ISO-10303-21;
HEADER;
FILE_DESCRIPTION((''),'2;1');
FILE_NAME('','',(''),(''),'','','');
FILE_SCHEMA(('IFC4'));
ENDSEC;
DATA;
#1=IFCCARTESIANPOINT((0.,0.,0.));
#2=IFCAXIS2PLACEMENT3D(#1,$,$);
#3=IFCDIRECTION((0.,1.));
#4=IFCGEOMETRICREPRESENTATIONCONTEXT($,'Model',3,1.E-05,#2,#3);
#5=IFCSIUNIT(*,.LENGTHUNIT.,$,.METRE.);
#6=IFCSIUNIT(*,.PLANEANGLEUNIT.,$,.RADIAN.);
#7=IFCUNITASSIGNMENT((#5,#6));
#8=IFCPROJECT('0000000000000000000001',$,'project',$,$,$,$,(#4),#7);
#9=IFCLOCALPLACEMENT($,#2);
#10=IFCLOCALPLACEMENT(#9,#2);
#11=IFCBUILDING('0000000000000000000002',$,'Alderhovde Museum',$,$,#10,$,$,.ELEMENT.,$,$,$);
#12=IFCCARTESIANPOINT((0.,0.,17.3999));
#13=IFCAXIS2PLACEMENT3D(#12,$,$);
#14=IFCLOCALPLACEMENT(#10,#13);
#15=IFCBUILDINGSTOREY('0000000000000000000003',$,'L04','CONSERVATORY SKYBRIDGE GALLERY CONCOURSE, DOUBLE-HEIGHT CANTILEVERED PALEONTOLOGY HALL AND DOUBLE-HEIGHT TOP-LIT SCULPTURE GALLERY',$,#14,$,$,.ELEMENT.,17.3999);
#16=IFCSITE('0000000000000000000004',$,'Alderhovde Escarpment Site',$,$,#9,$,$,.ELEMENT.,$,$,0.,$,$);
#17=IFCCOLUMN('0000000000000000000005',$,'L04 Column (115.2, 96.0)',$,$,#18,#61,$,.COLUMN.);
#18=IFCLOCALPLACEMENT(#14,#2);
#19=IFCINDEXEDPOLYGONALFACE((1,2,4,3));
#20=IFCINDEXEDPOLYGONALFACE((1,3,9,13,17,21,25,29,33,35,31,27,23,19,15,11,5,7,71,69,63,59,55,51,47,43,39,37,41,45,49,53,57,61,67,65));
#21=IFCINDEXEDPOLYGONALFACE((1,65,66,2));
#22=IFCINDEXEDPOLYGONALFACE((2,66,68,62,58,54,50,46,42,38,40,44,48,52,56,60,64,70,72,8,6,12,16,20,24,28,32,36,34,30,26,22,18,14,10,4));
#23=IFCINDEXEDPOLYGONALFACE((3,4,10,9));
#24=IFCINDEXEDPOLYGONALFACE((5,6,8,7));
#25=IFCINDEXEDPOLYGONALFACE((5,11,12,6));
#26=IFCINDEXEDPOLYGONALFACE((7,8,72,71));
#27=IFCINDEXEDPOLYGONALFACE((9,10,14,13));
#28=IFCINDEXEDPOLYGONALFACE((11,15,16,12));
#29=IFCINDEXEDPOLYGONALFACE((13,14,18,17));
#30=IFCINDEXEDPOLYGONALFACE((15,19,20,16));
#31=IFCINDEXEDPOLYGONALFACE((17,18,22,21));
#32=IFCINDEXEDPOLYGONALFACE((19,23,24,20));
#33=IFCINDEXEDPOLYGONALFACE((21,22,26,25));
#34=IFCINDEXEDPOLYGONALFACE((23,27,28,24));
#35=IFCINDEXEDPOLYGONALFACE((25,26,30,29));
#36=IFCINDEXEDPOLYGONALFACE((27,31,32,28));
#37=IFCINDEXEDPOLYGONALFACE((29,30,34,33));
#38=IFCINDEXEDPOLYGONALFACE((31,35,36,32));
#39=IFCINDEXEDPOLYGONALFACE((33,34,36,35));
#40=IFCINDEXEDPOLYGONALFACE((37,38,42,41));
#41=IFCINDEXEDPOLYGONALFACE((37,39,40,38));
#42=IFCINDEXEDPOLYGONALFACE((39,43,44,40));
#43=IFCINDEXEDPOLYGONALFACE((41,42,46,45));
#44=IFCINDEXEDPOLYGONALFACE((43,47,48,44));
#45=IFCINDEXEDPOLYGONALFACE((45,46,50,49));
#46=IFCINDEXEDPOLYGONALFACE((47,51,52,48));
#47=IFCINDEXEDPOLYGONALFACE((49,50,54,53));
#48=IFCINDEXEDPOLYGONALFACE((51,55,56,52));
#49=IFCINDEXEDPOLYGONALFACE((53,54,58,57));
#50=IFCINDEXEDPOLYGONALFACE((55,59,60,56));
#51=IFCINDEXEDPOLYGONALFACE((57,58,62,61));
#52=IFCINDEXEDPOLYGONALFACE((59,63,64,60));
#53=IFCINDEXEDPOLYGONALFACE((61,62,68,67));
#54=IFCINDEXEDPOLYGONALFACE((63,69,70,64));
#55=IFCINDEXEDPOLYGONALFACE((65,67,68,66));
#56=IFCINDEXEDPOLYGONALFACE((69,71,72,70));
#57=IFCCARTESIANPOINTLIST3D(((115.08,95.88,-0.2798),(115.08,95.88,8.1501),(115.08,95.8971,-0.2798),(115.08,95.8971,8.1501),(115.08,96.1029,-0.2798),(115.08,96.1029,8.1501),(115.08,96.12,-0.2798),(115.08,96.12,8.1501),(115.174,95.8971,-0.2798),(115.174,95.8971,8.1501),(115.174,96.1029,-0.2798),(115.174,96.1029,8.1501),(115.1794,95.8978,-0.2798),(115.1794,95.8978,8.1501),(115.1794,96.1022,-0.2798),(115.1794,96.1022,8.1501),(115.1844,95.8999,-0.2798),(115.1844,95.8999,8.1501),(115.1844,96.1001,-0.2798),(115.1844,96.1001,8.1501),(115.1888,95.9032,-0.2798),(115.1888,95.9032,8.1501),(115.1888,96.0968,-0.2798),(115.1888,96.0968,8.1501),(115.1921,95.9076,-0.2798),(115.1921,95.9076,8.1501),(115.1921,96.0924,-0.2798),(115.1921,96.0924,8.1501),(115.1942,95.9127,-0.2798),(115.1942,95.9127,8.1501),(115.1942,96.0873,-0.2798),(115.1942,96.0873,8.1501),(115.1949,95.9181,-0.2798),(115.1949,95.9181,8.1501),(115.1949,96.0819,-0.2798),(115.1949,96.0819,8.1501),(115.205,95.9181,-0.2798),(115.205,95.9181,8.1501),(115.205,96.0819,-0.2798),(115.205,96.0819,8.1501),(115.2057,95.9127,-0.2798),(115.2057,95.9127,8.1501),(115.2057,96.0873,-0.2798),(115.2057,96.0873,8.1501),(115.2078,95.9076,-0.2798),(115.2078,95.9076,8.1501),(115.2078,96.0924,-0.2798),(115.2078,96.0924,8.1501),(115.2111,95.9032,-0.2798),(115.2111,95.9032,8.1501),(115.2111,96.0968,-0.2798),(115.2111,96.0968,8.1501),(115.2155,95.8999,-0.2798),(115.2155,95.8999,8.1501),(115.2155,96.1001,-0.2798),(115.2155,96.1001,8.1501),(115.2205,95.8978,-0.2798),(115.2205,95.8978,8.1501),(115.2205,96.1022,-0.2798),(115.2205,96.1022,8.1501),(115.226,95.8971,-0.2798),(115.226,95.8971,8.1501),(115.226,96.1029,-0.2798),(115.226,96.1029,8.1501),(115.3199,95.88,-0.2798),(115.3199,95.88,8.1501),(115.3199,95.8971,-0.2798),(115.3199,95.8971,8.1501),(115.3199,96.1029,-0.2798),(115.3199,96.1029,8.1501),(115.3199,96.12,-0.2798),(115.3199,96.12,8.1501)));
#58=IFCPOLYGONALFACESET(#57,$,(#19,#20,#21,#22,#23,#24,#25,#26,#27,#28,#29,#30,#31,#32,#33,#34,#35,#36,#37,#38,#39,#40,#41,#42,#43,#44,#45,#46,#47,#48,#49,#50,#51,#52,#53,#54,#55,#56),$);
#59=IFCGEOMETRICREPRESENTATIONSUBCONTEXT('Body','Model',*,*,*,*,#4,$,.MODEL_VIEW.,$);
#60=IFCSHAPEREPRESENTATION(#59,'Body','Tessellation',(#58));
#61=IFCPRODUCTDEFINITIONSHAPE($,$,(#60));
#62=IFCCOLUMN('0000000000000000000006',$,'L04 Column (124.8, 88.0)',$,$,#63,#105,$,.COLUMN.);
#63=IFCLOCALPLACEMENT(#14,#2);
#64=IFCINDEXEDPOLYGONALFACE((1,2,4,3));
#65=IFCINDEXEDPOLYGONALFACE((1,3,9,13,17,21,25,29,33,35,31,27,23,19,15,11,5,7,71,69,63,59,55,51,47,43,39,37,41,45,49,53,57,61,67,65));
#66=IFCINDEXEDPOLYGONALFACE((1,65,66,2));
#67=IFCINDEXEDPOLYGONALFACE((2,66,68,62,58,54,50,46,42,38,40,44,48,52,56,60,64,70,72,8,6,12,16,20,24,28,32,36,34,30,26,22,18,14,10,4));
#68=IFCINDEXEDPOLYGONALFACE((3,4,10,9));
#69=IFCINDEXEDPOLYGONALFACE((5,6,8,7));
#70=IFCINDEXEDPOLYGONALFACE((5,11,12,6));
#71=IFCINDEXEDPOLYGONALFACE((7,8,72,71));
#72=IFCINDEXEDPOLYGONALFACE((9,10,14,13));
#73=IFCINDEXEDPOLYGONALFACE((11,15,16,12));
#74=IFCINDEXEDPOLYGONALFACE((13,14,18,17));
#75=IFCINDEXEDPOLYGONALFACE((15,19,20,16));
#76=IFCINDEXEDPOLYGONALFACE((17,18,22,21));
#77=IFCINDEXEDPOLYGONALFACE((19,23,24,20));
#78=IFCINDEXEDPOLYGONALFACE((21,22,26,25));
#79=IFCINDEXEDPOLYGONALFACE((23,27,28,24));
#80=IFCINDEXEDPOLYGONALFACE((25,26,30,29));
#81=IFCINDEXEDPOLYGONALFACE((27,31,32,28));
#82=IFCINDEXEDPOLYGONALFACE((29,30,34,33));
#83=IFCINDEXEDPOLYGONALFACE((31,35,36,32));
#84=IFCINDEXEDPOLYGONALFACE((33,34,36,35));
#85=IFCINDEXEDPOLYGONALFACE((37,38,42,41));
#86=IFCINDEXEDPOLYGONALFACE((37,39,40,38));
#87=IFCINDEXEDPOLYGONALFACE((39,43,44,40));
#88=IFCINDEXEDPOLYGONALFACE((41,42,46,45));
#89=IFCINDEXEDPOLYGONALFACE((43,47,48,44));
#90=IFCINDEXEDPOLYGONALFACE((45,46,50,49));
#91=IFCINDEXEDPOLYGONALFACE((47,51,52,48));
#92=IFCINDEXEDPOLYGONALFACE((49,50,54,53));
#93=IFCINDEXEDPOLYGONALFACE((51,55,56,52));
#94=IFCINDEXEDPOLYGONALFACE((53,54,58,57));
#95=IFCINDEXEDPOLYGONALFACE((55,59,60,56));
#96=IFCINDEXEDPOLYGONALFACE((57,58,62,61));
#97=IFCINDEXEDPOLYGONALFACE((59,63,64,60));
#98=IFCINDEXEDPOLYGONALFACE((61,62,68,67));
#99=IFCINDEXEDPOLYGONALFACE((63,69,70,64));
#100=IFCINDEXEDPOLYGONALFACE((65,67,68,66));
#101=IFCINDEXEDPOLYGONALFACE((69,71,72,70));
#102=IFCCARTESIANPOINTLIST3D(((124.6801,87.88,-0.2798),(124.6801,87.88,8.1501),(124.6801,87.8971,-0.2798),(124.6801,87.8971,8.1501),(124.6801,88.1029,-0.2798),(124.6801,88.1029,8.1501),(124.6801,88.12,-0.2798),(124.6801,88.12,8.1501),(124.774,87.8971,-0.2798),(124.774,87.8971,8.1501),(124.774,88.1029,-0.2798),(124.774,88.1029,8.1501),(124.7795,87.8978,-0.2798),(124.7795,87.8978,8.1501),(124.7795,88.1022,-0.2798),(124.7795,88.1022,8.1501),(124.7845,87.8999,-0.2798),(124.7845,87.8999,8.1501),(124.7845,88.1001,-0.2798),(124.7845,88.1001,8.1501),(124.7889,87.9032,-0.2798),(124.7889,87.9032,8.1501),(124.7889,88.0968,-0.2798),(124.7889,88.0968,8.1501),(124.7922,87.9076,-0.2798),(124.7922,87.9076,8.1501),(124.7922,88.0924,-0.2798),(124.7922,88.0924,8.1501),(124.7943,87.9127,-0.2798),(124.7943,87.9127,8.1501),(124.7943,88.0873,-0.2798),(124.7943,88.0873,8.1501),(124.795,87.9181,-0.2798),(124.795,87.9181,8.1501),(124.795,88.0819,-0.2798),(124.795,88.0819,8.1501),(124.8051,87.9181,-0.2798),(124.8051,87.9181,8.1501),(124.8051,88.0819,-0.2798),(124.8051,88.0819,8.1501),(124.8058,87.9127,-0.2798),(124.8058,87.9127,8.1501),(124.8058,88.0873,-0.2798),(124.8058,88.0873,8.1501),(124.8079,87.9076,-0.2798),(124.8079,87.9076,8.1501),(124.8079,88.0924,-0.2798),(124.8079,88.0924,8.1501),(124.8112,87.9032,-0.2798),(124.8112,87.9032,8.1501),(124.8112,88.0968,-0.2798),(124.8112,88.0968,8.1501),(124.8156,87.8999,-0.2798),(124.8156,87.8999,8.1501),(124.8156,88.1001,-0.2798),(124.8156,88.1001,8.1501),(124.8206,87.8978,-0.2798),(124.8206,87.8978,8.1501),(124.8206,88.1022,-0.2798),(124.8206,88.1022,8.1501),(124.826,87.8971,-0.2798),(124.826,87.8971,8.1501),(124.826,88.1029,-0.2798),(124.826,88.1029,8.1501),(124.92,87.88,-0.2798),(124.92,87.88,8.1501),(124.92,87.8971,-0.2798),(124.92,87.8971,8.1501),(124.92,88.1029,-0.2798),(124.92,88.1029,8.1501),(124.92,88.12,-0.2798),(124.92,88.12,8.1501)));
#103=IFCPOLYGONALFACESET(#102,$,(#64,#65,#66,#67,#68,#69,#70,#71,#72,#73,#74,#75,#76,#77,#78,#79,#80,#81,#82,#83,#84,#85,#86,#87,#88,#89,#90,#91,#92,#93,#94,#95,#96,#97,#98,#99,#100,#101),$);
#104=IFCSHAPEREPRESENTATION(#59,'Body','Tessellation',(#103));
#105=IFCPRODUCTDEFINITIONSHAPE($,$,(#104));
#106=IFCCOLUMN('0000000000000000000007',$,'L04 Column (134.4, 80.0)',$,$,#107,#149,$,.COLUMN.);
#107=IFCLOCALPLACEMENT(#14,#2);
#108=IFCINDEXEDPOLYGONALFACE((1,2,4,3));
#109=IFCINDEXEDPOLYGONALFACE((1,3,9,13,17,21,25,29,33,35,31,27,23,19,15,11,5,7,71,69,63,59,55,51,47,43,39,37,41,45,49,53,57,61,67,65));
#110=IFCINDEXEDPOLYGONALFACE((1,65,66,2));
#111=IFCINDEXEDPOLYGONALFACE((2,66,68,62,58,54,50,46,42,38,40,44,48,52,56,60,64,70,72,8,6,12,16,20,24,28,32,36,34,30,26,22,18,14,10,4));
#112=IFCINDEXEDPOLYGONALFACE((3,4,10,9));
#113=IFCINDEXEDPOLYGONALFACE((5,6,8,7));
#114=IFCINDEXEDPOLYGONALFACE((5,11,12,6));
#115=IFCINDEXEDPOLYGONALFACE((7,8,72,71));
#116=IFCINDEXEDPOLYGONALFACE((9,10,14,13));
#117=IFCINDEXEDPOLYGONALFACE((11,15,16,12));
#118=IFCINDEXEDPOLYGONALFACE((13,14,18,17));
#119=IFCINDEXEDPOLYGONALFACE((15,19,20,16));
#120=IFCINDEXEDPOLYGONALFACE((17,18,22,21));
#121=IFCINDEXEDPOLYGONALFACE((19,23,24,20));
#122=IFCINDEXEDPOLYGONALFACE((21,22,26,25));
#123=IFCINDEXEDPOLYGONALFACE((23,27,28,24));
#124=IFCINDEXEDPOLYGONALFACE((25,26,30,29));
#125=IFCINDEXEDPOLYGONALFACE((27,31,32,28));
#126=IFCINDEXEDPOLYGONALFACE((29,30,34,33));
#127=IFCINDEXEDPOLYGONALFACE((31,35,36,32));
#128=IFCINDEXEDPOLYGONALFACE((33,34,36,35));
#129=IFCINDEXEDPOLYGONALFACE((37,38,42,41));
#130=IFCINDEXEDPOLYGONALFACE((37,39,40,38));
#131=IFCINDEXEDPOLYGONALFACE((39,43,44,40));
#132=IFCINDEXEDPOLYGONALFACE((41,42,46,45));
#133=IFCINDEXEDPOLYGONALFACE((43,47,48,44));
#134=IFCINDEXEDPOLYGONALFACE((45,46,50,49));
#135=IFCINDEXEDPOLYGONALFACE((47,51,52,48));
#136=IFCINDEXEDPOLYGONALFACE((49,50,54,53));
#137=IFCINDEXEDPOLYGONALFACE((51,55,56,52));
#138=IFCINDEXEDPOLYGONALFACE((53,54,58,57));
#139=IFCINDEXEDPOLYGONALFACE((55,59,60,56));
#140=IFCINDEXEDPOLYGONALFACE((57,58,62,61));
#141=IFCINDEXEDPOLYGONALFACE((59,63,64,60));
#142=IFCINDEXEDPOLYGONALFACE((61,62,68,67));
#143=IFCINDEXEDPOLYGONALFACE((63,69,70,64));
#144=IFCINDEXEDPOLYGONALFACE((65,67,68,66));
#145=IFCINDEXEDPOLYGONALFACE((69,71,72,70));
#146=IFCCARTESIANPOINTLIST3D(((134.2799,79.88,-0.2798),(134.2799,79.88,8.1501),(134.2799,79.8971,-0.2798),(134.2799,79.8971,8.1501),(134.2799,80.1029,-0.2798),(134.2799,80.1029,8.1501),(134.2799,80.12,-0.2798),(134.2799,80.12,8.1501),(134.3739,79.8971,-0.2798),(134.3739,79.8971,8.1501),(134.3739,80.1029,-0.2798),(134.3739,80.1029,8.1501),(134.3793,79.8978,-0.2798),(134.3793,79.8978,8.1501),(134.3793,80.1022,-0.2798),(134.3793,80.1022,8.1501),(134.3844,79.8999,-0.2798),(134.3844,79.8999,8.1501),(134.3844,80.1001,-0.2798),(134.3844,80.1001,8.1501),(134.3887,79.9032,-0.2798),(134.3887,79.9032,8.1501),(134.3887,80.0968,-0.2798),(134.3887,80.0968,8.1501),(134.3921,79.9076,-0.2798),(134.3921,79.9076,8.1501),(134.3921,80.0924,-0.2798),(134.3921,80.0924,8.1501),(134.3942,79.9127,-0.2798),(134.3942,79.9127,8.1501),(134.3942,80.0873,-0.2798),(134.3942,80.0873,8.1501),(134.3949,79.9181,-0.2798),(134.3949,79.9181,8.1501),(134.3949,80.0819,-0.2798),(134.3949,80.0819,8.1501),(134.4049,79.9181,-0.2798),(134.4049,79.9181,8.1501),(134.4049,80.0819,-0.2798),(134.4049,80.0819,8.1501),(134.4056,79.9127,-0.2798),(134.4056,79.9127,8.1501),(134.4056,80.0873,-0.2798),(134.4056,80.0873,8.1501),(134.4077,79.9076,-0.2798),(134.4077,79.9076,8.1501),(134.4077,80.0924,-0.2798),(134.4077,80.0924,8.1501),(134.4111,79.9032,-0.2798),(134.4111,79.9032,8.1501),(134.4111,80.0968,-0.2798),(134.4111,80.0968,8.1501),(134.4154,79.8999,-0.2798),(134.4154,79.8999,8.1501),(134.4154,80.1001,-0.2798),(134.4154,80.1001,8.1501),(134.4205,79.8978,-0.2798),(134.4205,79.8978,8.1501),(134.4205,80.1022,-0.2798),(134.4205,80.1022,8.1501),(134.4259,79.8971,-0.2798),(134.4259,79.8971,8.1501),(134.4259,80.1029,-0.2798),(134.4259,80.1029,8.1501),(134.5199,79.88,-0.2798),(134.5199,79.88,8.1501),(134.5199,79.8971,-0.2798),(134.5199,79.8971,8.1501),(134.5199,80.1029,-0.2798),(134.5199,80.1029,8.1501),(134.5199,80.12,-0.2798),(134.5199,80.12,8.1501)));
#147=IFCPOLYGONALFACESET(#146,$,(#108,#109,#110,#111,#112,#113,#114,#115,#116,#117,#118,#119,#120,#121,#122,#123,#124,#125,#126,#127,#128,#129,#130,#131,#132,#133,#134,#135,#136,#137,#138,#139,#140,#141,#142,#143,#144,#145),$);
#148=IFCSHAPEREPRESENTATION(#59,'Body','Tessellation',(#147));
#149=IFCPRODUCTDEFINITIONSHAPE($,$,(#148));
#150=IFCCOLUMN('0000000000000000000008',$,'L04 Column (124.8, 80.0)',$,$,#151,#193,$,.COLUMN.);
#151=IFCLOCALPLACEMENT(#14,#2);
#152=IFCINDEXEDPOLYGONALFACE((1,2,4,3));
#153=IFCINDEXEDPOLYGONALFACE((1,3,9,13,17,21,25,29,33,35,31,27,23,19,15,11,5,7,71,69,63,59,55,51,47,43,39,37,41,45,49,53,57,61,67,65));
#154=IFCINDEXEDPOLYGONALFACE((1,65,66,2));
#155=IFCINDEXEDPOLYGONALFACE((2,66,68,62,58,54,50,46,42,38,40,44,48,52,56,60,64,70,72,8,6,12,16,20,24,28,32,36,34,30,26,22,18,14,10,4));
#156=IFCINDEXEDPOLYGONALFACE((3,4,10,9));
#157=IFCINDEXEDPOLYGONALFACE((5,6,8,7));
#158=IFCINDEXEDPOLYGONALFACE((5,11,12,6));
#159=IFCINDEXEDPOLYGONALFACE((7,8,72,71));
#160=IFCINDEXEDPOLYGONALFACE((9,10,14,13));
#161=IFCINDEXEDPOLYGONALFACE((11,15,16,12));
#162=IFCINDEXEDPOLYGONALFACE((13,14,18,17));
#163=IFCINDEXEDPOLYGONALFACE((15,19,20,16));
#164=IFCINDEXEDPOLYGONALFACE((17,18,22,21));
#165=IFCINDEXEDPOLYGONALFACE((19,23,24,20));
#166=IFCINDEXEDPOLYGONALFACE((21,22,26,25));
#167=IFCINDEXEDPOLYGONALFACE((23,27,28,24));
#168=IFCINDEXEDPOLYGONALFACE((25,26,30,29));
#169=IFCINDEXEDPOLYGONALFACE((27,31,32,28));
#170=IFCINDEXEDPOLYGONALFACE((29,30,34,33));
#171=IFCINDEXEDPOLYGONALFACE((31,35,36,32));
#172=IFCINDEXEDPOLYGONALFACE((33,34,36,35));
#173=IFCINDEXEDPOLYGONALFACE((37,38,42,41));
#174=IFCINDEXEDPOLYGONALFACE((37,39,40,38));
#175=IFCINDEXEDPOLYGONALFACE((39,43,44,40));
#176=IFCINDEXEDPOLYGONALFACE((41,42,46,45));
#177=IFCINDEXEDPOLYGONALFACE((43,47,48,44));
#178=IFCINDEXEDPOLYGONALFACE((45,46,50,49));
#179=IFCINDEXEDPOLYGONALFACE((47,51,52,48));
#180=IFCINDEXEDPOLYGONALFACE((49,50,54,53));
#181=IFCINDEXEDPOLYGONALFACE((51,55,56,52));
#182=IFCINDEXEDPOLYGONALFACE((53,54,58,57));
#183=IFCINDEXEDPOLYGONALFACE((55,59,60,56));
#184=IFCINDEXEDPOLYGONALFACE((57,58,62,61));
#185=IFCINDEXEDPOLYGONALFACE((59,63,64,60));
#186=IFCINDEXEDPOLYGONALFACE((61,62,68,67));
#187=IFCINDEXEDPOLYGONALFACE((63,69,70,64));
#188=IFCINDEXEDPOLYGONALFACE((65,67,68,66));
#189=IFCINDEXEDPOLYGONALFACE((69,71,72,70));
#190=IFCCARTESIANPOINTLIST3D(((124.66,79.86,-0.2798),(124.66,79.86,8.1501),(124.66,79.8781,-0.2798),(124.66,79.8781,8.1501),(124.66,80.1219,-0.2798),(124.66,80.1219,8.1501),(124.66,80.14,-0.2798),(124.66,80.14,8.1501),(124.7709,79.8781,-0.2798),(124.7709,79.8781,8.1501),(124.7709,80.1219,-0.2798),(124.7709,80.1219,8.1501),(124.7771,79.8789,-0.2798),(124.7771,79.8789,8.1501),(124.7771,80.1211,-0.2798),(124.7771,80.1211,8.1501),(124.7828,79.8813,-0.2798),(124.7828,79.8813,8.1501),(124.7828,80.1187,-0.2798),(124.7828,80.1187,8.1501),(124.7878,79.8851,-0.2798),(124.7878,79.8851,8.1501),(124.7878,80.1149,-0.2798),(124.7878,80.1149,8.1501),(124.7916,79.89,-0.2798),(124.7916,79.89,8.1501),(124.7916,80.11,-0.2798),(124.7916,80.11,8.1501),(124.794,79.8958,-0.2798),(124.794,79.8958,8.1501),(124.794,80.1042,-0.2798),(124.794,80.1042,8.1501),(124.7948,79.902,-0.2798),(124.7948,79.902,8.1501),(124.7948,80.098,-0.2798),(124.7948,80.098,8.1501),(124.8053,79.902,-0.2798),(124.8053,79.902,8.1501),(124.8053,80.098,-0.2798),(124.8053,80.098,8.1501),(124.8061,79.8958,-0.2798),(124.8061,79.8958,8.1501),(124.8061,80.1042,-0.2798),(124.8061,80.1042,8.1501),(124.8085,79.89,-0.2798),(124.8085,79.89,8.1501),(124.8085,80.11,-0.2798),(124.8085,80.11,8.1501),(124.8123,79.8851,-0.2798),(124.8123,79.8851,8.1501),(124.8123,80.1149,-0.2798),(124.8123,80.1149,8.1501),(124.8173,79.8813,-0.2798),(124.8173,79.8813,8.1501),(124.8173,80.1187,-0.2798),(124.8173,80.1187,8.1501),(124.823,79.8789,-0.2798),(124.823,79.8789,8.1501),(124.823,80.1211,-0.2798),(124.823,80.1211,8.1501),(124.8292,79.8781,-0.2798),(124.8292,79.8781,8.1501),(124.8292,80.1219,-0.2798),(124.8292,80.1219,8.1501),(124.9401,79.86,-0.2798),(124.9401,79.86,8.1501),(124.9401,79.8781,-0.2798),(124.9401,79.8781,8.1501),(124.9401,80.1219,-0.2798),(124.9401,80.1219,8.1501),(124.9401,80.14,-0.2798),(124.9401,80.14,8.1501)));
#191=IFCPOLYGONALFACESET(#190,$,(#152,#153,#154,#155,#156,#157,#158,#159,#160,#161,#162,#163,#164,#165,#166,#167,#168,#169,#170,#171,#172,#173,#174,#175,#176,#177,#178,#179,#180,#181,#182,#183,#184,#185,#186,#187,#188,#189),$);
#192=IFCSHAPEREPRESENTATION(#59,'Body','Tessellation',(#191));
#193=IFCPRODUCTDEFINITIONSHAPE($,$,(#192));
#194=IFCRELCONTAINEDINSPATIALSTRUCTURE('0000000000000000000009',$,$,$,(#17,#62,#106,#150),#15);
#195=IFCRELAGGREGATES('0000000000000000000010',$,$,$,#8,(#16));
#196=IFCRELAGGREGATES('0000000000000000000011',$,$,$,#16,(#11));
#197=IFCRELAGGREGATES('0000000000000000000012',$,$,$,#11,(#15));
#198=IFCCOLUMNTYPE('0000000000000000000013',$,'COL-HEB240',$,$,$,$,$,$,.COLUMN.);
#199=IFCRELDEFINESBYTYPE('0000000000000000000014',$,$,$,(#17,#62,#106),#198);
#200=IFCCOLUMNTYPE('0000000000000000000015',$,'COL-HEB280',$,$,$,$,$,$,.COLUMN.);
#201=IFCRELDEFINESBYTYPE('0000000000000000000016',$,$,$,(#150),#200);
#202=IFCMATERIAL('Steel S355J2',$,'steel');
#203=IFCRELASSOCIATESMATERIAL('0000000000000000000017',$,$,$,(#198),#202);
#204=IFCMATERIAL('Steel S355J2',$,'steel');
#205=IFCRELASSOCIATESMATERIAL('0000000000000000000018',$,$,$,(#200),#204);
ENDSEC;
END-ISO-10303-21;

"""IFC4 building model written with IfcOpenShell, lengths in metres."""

from ifc_helpers import new_model, si_unit, direction, frame, origin, origin_2d, place, context, subcontext, project, spatial, i_section, extrude, material, material_profile, profile_set, type_object, element, save


model = new_model("IFC4")

# Units and contexts
model_context = context("Model", 3, precision=1e-05, world=origin(), true_north=direction((0.0, 1.0)))
body_context = subcontext(model_context, "Body", "Model", "MODEL_VIEW")
ifc_project = project(units=[si_unit("LENGTHUNIT", "METRE"), si_unit("PLANEANGLEUNIT", "RADIAN")], contexts=[model_context])

# Site, building, storey
site_placement = place(None, origin())
site = spatial("IfcSite", under=ifc_project, at=site_placement, Name="Alderhovde Escarpment Site", CompositionType="ELEMENT", RefElevation=0.0)
building_placement = place(site_placement, origin())
building = spatial("IfcBuilding", under=site, at=building_placement, Name="Alderhovde Museum", CompositionType="ELEMENT")
storey_placement = place(building_placement, frame((0.0, 0.0, 17.3999)))
storey = spatial("IfcBuildingStorey", under=building, at=storey_placement, Name="L04", Description="CONSERVATORY SKYBRIDGE GALLERY CONCOURSE, DOUBLE-HEIGHT CANTILEVERED PALEONTOLOGY HALL AND DOUBLE-HEIGHT TOP-LIT SCULPTURE GALLERY", CompositionType="ELEMENT", Elevation=17.3999)

# Columns
ifc_material_1 = material(Name="Steel S355J2", Category="steel")
ifc_material_profile_1 = material_profile(ifc_material_1, i_section(OverallWidth=0.24, OverallDepth=0.24, WebThickness=0.01, FlangeThickness=0.0171, FilletRadius=0.021, at=origin_2d()), Name="HEB 240")
ifc_profile_set_1 = profile_set([ifc_material_profile_1], Name="Steel S355J2")
column_type_1 = type_object("IfcColumnType", Name="COL-HEB240", PredefinedType="COLUMN", material=ifc_profile_set_1)
for number, where, z_axis, x_axis, name in (
    (1, (115.2, 96.0, -0.2798), (0.0, 0.0, 1.0), (1.0, 0.0, 0.0), "L04 Column (115.2, 96.0)"),
    (2, (124.8, 88.0, -0.2798), (0.0, 0.0, 1.0), (1.0, 0.0, 0.0), "L04 Column (124.8, 88.0)"),
    (3, (134.3999, 80.0, -0.2798), (0.0, 0.0, 1.0), (1.0, 0.0, 0.0), "L04 Column (134.4, 80.0)"),
):
    element("IfcColumn", number, at=place(storey_placement, frame(where, z_axis=z_axis, x_axis=x_axis)), inside=storey, type_object=column_type_1, Name=name, PredefinedType="COLUMN", context=body_context, shape_type="SweptSolid", body=[
        extrude(i_section(OverallWidth=0.24, OverallDepth=0.24, WebThickness=0.01, FlangeThickness=0.0171, FilletRadius=0.021, at=origin_2d()), origin(), (0.0, 0.0, 1.0), 8.4299),
    ])
ifc_material_2 = material(Name="Steel S355J2", Category="steel")
ifc_material_profile_2 = material_profile(ifc_material_2, i_section(OverallWidth=0.28, OverallDepth=0.28, WebThickness=0.0105, FlangeThickness=0.0181, FilletRadius=0.0239, at=origin_2d()), Name="HEB 280")
ifc_profile_set_2 = profile_set([ifc_material_profile_2], Name="Steel S355J2")
column_type_2 = type_object("IfcColumnType", Name="COL-HEB280", PredefinedType="COLUMN", material=ifc_profile_set_2)
for number, where, z_axis, x_axis, name in (
    (4, (124.8, 80.0, -0.2798), (0.0, 0.0, 1.0), (1.0, 0.0, 0.0), "L04 Column (124.8, 80.0)"),
):
    element("IfcColumn", number, at=place(storey_placement, frame(where, z_axis=z_axis, x_axis=x_axis)), inside=storey, type_object=column_type_2, Name=name, PredefinedType="COLUMN", context=body_context, shape_type="SweptSolid", body=[
        extrude(i_section(OverallWidth=0.28, OverallDepth=0.28, WebThickness=0.0105, FlangeThickness=0.0181, FilletRadius=0.0239, at=origin_2d()), origin(), (0.0, 0.0, 1.0), 8.4299),
    ])

save(model, "model.ifc")
